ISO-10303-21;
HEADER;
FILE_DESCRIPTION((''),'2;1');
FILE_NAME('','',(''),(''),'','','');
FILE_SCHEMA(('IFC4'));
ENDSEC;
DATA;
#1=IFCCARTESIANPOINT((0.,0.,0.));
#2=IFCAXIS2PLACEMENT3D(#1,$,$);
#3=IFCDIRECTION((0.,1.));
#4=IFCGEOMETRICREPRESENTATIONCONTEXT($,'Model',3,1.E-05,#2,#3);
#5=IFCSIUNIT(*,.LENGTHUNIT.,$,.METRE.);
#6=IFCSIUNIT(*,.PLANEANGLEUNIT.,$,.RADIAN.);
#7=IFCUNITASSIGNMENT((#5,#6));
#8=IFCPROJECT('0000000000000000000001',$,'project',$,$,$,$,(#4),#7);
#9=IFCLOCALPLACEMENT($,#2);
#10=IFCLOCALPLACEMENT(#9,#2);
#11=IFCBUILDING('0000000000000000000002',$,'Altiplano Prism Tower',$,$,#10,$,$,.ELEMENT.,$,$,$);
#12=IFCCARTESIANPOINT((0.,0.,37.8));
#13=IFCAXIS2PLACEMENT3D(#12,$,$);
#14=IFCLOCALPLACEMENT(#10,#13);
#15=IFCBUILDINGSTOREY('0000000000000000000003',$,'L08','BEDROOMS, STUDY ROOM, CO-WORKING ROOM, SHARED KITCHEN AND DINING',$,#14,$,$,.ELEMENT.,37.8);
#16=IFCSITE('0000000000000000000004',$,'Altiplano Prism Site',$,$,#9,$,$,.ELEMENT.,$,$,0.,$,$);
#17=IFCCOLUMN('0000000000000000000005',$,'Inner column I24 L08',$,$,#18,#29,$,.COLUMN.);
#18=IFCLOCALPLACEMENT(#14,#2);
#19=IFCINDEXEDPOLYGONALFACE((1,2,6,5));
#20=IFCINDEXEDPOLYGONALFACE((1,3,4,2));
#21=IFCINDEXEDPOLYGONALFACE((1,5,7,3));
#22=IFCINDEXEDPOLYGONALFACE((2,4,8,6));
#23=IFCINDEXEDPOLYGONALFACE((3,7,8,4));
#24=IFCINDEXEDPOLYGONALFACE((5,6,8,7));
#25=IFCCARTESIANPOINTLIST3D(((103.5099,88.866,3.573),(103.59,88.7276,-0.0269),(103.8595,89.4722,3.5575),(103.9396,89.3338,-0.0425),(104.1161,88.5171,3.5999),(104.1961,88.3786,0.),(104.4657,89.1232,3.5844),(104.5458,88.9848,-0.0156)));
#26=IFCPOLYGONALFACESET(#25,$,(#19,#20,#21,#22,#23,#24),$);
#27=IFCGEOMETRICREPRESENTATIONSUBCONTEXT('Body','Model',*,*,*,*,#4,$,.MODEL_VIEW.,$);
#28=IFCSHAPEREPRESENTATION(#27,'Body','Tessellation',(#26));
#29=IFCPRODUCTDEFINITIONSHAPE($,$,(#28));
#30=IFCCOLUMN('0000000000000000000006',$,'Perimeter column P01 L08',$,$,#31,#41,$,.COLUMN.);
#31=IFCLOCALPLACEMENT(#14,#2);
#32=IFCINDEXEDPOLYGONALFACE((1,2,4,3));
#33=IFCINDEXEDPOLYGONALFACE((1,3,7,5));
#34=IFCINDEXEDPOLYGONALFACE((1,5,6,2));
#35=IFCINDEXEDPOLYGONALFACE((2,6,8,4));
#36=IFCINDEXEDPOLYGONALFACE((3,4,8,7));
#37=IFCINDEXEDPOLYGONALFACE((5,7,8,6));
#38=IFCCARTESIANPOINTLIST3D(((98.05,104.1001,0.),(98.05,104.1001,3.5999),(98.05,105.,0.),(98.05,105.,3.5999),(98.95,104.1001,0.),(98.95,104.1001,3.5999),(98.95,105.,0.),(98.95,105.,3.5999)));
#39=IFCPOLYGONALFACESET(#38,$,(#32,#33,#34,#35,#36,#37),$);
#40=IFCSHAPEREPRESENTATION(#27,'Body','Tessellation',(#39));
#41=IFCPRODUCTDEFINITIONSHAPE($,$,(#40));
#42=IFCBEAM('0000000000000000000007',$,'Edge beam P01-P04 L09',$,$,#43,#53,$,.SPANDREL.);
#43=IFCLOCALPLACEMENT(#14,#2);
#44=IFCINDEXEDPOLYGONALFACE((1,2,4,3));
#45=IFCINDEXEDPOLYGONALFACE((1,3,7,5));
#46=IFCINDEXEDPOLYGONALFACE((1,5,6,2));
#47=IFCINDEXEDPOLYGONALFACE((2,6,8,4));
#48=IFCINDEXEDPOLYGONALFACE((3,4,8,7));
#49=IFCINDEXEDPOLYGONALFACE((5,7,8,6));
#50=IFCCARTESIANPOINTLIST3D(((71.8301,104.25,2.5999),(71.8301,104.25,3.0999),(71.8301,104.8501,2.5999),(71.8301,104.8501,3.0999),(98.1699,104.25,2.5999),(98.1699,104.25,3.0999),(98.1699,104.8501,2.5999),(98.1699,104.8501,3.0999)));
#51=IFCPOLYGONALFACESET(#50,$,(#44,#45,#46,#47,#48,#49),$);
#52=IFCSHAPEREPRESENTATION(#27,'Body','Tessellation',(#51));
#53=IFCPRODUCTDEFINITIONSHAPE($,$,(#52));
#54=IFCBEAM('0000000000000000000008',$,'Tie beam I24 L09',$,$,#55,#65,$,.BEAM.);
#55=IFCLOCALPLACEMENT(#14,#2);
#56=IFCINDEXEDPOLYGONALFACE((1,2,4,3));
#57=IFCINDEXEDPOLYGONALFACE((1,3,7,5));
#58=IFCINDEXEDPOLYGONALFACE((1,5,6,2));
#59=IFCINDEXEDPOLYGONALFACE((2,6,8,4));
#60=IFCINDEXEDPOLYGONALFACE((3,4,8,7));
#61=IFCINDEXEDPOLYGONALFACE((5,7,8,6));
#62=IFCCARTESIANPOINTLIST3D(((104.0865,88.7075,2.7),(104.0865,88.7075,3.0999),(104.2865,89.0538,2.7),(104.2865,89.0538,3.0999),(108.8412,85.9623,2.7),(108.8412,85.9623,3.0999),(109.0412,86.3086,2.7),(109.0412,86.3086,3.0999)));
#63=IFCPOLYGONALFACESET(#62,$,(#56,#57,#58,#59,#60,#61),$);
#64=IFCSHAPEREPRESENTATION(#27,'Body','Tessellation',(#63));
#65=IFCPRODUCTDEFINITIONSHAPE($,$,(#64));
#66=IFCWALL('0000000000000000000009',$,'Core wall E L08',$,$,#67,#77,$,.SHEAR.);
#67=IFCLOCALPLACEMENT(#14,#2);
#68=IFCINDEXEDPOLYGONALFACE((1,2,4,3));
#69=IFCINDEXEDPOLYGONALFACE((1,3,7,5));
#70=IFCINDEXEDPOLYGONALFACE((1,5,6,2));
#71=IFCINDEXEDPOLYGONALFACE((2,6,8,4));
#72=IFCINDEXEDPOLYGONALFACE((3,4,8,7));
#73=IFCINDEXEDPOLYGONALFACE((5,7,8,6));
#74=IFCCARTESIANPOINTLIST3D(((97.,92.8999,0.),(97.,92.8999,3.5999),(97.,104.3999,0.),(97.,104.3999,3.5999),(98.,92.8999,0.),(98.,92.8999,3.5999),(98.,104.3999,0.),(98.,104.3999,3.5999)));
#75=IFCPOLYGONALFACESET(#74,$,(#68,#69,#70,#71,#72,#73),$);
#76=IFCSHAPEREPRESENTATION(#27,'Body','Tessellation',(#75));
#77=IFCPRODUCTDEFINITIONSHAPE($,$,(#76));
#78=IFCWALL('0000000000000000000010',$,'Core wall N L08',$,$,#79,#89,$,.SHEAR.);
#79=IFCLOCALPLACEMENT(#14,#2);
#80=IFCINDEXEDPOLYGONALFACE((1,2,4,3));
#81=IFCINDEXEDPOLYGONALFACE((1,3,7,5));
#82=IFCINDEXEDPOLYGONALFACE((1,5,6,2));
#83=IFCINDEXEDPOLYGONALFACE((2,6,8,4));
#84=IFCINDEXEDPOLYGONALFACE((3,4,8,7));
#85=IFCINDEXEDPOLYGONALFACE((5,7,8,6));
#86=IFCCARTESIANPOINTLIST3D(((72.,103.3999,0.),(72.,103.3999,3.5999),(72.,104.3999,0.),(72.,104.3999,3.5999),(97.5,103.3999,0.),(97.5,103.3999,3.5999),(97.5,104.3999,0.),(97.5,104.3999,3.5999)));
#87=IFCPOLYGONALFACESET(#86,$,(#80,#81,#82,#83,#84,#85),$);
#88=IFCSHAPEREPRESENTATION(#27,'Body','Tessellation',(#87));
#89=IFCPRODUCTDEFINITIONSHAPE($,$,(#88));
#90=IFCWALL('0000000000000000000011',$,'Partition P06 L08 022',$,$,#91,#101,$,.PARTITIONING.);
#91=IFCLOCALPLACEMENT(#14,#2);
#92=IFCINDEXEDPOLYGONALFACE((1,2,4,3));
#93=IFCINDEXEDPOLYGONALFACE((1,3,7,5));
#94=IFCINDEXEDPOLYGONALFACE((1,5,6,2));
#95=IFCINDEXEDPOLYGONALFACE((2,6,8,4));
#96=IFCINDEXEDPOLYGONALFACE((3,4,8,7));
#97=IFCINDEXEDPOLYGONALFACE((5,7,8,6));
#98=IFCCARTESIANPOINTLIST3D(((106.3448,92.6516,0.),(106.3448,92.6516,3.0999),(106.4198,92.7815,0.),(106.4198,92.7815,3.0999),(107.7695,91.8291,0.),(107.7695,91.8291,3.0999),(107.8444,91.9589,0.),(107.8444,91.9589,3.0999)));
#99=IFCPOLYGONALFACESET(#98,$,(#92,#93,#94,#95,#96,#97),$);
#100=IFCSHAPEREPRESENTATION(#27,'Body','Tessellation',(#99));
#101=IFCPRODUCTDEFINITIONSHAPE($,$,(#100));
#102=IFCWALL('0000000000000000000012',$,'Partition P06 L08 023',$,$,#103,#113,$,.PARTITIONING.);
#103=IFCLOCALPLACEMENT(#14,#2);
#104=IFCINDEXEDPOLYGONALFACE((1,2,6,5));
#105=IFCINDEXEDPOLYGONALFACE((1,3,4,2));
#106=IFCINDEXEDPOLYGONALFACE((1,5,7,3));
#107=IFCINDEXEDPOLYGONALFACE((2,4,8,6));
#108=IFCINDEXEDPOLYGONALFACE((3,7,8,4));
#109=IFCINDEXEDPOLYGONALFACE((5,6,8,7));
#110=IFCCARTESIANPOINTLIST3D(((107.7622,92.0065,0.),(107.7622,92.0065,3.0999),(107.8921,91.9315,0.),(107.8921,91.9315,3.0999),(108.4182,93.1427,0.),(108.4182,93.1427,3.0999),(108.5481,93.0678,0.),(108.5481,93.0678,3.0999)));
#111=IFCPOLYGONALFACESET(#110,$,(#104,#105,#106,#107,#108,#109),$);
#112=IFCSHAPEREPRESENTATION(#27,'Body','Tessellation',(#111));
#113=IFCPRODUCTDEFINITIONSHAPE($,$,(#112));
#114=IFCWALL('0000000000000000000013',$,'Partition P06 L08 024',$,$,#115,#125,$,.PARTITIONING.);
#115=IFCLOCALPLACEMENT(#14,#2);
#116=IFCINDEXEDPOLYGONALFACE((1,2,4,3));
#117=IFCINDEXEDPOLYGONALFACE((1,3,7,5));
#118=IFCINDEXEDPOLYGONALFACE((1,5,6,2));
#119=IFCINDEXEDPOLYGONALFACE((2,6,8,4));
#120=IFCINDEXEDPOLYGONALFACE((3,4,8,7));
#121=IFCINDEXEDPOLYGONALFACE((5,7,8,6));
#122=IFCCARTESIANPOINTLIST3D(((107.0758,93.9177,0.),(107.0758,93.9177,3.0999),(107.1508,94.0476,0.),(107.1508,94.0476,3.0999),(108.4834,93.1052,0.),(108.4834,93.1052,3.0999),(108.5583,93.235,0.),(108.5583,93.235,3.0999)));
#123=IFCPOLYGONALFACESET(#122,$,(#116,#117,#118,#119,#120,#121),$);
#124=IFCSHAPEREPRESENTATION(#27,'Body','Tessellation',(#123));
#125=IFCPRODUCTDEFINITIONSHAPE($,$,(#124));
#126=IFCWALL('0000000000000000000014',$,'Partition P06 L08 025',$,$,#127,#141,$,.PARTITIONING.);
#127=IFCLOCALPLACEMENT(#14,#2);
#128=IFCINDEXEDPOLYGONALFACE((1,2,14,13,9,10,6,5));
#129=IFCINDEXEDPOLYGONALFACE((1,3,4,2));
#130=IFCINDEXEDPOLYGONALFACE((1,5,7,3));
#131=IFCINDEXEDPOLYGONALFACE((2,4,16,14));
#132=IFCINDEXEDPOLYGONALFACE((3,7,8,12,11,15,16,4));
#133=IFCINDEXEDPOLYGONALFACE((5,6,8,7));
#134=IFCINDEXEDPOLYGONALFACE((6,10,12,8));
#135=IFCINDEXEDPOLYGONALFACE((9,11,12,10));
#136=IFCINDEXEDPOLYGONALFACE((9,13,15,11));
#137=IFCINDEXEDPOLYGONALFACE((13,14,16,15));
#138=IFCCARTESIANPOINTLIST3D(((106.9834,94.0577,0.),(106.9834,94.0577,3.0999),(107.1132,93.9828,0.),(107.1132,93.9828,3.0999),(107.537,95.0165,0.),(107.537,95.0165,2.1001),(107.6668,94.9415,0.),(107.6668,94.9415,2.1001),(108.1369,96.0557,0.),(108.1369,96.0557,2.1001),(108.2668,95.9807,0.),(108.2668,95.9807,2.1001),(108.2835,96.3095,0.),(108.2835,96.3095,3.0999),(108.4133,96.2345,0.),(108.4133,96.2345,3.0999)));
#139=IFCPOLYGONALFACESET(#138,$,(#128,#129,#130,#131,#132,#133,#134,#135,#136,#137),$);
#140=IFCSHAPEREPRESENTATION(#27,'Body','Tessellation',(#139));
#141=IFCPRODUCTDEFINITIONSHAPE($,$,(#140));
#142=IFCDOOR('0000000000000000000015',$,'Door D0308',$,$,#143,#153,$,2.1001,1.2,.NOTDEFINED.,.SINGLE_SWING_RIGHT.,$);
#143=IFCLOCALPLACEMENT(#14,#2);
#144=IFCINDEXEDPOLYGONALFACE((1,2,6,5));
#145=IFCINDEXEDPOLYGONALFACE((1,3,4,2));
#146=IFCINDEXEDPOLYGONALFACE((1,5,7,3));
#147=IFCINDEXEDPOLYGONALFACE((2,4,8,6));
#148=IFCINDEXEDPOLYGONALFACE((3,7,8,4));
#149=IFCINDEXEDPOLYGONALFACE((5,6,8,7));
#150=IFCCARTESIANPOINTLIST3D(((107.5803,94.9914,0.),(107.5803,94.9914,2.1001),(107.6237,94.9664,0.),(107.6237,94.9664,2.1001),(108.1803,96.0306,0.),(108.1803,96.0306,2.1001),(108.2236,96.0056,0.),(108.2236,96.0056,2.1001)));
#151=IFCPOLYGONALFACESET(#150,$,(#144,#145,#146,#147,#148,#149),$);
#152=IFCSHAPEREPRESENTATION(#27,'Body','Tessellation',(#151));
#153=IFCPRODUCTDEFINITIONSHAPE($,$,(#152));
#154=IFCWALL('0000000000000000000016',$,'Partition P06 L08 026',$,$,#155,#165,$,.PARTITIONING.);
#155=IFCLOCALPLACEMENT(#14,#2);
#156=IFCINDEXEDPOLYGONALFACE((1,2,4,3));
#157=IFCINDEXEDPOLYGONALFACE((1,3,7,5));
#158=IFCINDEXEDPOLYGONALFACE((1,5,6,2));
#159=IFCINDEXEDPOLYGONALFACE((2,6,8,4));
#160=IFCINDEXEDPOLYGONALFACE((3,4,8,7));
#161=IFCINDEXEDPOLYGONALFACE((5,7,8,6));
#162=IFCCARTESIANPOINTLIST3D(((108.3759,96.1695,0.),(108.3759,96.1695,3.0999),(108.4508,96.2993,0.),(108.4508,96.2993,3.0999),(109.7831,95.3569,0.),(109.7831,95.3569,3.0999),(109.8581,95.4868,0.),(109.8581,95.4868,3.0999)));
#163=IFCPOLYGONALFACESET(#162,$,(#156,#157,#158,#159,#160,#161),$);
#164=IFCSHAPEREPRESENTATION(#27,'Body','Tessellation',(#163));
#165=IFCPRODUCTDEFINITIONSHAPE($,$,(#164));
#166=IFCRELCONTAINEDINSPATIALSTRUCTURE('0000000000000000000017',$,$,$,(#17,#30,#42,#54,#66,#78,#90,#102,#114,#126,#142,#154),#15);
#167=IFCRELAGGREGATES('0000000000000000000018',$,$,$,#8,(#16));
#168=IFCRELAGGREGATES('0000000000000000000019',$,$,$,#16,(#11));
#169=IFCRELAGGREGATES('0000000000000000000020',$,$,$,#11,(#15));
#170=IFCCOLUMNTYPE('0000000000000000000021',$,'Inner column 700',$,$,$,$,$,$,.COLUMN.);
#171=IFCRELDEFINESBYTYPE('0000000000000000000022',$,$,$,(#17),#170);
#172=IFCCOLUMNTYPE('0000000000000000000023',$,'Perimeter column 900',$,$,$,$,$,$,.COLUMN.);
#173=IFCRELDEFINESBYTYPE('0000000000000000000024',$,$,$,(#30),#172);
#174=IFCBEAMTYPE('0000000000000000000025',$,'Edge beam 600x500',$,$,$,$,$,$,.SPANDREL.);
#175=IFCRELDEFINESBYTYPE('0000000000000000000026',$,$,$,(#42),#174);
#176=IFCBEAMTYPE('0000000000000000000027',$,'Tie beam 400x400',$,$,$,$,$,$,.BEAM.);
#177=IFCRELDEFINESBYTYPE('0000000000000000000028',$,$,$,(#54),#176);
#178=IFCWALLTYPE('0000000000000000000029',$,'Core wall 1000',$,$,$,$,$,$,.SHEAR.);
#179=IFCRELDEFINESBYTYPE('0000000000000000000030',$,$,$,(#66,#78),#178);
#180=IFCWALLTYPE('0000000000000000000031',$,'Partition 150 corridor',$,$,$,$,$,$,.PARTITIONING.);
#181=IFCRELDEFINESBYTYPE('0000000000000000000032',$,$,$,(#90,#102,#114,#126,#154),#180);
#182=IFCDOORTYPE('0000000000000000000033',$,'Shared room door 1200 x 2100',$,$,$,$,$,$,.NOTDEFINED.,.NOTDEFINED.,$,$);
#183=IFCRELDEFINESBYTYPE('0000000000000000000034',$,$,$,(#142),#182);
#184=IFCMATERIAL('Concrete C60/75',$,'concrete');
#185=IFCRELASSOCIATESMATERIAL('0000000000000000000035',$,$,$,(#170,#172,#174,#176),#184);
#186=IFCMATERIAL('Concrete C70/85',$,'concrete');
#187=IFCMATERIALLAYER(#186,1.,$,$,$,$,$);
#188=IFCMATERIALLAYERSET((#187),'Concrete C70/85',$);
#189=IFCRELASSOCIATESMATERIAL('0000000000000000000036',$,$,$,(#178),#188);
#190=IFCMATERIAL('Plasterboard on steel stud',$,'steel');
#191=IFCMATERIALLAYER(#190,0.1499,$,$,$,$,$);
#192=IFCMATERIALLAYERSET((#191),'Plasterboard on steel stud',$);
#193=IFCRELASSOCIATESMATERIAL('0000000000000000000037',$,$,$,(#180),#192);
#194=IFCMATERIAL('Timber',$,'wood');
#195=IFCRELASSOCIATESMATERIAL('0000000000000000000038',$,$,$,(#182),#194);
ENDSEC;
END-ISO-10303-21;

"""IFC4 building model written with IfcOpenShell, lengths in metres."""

from ifc_helpers import new_model, si_unit, direction, frame, frame_2d, origin, origin_2d, place, context, subcontext, project, spatial, rectangle, extrude, material, layer, layer_set, material_profile, profile_set, type_object, element, fill, save


model = new_model("IFC4")

# Units and contexts
model_context = context("Model", 3, precision=1e-05, world=origin(), true_north=direction((0.0, 1.0)))
body_context = subcontext(model_context, "Body", "Model", "MODEL_VIEW")
ifc_project = project(units=[si_unit("LENGTHUNIT", "METRE"), si_unit("PLANEANGLEUNIT", "RADIAN")], contexts=[model_context])

# Site, building, storey
site_placement = place(None, origin())
site = spatial("IfcSite", under=ifc_project, at=site_placement, Name="Altiplano Prism Site", CompositionType="ELEMENT", RefElevation=0.0)
building_placement = place(site_placement, origin())
building = spatial("IfcBuilding", under=site, at=building_placement, Name="Altiplano Prism Tower", CompositionType="ELEMENT")
storey_placement = place(building_placement, frame((0.0, 0.0, 37.8)))
storey = spatial("IfcBuildingStorey", under=building, at=storey_placement, Name="L08", Description="BEDROOMS, STUDY ROOM, CO-WORKING ROOM, SHARED KITCHEN AND DINING", CompositionType="ELEMENT", Elevation=37.8)

# Columns
ifc_material_1 = material(Name="Concrete C60/75", Category="concrete")
ifc_material_profile_1 = material_profile(ifc_material_1, rectangle(XDim=0.7, YDim=0.7, at=origin_2d()), Name="Inner column 700")
ifc_profile_set_1 = profile_set([ifc_material_profile_1], Name="Concrete C60/75")
column_type_1 = type_object("IfcColumnType", Name="Inner column 700", PredefinedType="COLUMN", material=ifc_profile_set_1)
column_1_placement = place(storey_placement, frame((104.0679, 88.8562, -0.0212), z_axis=(-0.022223, 0.038416, 0.999015), x_axis=(-0.499508, -0.866025, 0.02219)))
element("IfcColumn", 1, at=column_1_placement, inside=storey, type_object=column_type_1, Name="Inner column I24 L08", PredefinedType="COLUMN", context=body_context, shape_type="SweptSolid", body=[
    extrude(rectangle(XDim=0.7, YDim=0.7, at=origin_2d()), origin(), (0.0, 0.0, 1.0), 3.6035),
])
ifc_material_profile_2 = material_profile(ifc_material_1, rectangle(XDim=0.8999, YDim=0.8999, at=origin_2d()), Name="Perimeter column 900")
ifc_profile_set_2 = profile_set([ifc_material_profile_2], Name="Concrete C60/75")
column_type_2 = type_object("IfcColumnType", Name="Perimeter column 900", PredefinedType="COLUMN", material=ifc_profile_set_2)
column_2_placement = place(storey_placement, frame((98.5, 104.55, 0.0), z_axis=(0.0, 0.0, 1.0), x_axis=(1.0, 0.0, 0.0)))
element("IfcColumn", 2, at=column_2_placement, inside=storey, type_object=column_type_2, Name="Perimeter column P01 L08", PredefinedType="COLUMN", context=body_context, shape_type="SweptSolid", body=[
    extrude(rectangle(XDim=0.8999, YDim=0.8999, at=origin_2d()), origin(), (0.0, 0.0, 1.0), 3.5999),
])

# Beams
ifc_material_profile_3 = material_profile(ifc_material_1, rectangle(XDim=0.6001, YDim=0.5, at=origin_2d()), Name="Edge beam 600x500")
ifc_profile_set_3 = profile_set([ifc_material_profile_3], Name="Concrete C60/75")
beam_type_1 = type_object("IfcBeamType", Name="Edge beam 600x500", PredefinedType="SPANDREL", material=ifc_profile_set_3)
beam_1_placement = place(storey_placement, frame((98.1699, 104.55, 2.8499), z_axis=(-1.0, 0.0, 0.0), x_axis=(0.0, -1.0, 0.0)))
element("IfcBeam", 3, at=beam_1_placement, inside=storey, type_object=beam_type_1, Name="Edge beam P01-P04 L09", PredefinedType="SPANDREL", context=body_context, shape_type="SweptSolid", body=[
    extrude(rectangle(XDim=0.6001, YDim=0.5, at=origin_2d()), origin(), (0.0, 0.0, 1.0), 26.3398),
])
ifc_material_profile_4 = material_profile(ifc_material_1, rectangle(XDim=0.3999, YDim=0.3999, at=origin_2d()), Name="Tie beam 400x400")
ifc_profile_set_4 = profile_set([ifc_material_profile_4], Name="Concrete C60/75")
beam_type_2 = type_object("IfcBeamType", Name="Tie beam 400x400", PredefinedType="BEAM", material=ifc_profile_set_4)
beam_2_placement = place(storey_placement, frame((104.1865, 88.8806, 2.8999), z_axis=(0.866023, -0.500003, 0.0), x_axis=(0.500003, 0.866023, 0.0)))
element("IfcBeam", 4, at=beam_2_placement, inside=storey, type_object=beam_type_2, Name="Tie beam I24 L09", PredefinedType="BEAM", context=body_context, shape_type="SweptSolid", body=[
    extrude(rectangle(XDim=0.3999, YDim=0.3999, at=origin_2d()), origin(), (0.0, 0.0, 1.0), 5.4902),
])

# Walls
ifc_material_2 = material(Name="Concrete C70/85", Category="concrete")
ifc_layer_1 = layer(ifc_material_2, 1.0)
ifc_layer_set_1 = layer_set([ifc_layer_1], Name="Concrete C70/85")
wall_type_1 = type_object("IfcWallType", Name="Core wall 1000", PredefinedType="SHEAR", material=ifc_layer_set_1)
wall_1_placement = place(storey_placement, frame((97.5, 92.8999, 0.0), z_axis=(0.0, 0.0, 1.0), x_axis=(0.0, 1.0, 0.0)))
element("IfcWall", 5, at=wall_1_placement, inside=storey, type_object=wall_type_1, Name="Core wall E L08", PredefinedType="SHEAR", context=body_context, shape_type="SweptSolid", body=[
    extrude(rectangle(XDim=11.5, YDim=1.0, at=frame_2d((5.75, 0.0))), origin(), (0.0, 0.0, 1.0), 3.5999),
])
wall_2_placement = place(storey_placement, frame((97.5, 103.8999, 0.0), z_axis=(0.0, 0.0, 1.0), x_axis=(-1.0, 0.0, 0.0)))
element("IfcWall", 6, at=wall_2_placement, inside=storey, type_object=wall_type_1, Name="Core wall N L08", PredefinedType="SHEAR", context=body_context, shape_type="SweptSolid", body=[
    extrude(rectangle(XDim=25.5, YDim=1.0, at=frame_2d((12.75, 0.0))), origin(), (0.0, 0.0, 1.0), 3.5999),
])
ifc_material_3 = material(Name="Plasterboard on steel stud", Category="steel")
ifc_layer_2 = layer(ifc_material_3, 0.1499)
ifc_layer_set_2 = layer_set([ifc_layer_2], Name="Plasterboard on steel stud")
wall_type_2 = type_object("IfcWallType", Name="Partition 150 corridor", PredefinedType="PARTITIONING", material=ifc_layer_set_2)
wall_3_placement = place(storey_placement, frame((106.3823, 92.7166, 0.0), z_axis=(0.0, 0.0, 1.0), x_axis=(0.866015, -0.500018, 0.0)))
element("IfcWall", 7, at=wall_3_placement, inside=storey, type_object=wall_type_2, Name="Partition P06 L08 022", PredefinedType="PARTITIONING", context=body_context, shape_type="SweptSolid", body=[
    extrude(rectangle(XDim=1.645, YDim=0.1499, at=frame_2d((0.8225, 0.0))), origin(), (0.0, 0.0, 1.0), 3.0999),
])
wall_4_placement = place(storey_placement, frame((107.8271, 91.969, 0.0), z_axis=(0.0, 0.0, 1.0), x_axis=(0.500002, 0.866024, 0.0)))
element("IfcWall", 8, at=wall_4_placement, inside=storey, type_object=wall_type_2, Name="Partition P06 L08 023", PredefinedType="PARTITIONING", context=body_context, shape_type="SweptSolid", body=[
    extrude(rectangle(XDim=1.312, YDim=0.1499, at=frame_2d((0.656, 0.0))), origin(), (0.0, 0.0, 1.0), 3.0999),
])
wall_5_placement = place(storey_placement, frame((108.5208, 93.1702, 0.0), z_axis=(0.0, 0.0, 1.0), x_axis=(-0.866053, 0.499952, 0.0)))
element("IfcWall", 9, at=wall_5_placement, inside=storey, type_object=wall_type_2, Name="Partition P06 L08 024", PredefinedType="PARTITIONING", context=body_context, shape_type="SweptSolid", body=[
    extrude(rectangle(XDim=1.6252, YDim=0.1499, at=frame_2d((0.8125, 0.0))), origin(), (0.0, 0.0, 1.0), 3.0999),
])

# Wall, opening, door
wall_6_placement = place(storey_placement, frame((107.0483, 94.0203, 0.0), z_axis=(0.0, 0.0, 1.0), x_axis=(0.500007, 0.866021, 0.0)))
wall_6 = element("IfcWall", 10, at=wall_6_placement, inside=storey, type_object=wall_type_2, Name="Partition P06 L08 025", PredefinedType="PARTITIONING", context=body_context, shape_type="SweptSolid", body=[
    extrude(rectangle(XDim=2.6001, YDim=0.1499, at=frame_2d((1.3, 0.0))), origin(), (0.0, 0.0, 1.0), 3.0999),
])
opening_1_placement = place(wall_6_placement, frame((1.1069, 0.0, 0.0)))
opening_1 = element("IfcOpeningElement", 11, at=opening_1_placement, cuts=wall_6, PredefinedType="OPENING", context=body_context, shape_type="SweptSolid", body=[
    extrude(rectangle(XDim=1.2, YDim=2.1001, at=frame_2d((0.6001, 1.05))), frame((0.0, 0.0854, 0.0), z_axis=(0.0, -1.0, 0.0), x_axis=(1.0, 0.0, 0.0)), (0.0, 0.0, 1.0), 0.1709),
])
ifc_material_4 = material(Name="Timber", Category="wood")
door_type_1 = type_object("IfcDoorType", Name="Shared room door 1200 x 2100", OperationType="NOTDEFINED", PredefinedType="NOTDEFINED", material=ifc_material_4)
door_1_placement = place(opening_1_placement, origin())
door_1 = element("IfcDoor", 12, at=door_1_placement, inside=storey, type_object=door_type_1, Name="Door D0308", OperationType="SINGLE_SWING_RIGHT", OverallHeight=2.1001, OverallWidth=1.2, PredefinedType="NOTDEFINED", context=body_context, shape_type="SweptSolid", body=[
    extrude(rectangle(XDim=1.2, YDim=2.1001, at=frame_2d((0.6001, 1.05))), frame((0.0, 0.0249, 0.0), z_axis=(0.0, -1.0, 0.0), x_axis=(1.0, 0.0, 0.0)), (0.0, 0.0, 1.0), 0.05),
])
fill(opening_1, door_1)

# Wall
wall_7_placement = place(storey_placement, frame((108.4133, 96.2344, 0.0), z_axis=(0.0, 0.0, 1.0), x_axis=(0.866015, -0.500017, 0.0)))
element("IfcWall", 13, at=wall_7_placement, inside=storey, type_object=wall_type_2, Name="Partition P06 L08 026", PredefinedType="PARTITIONING", context=body_context, shape_type="SweptSolid", body=[
    extrude(rectangle(XDim=1.625, YDim=0.1499, at=frame_2d((0.8125, 0.0))), origin(), (0.0, 0.0, 1.0), 3.0999),
])

save(model, "model.ifc")
